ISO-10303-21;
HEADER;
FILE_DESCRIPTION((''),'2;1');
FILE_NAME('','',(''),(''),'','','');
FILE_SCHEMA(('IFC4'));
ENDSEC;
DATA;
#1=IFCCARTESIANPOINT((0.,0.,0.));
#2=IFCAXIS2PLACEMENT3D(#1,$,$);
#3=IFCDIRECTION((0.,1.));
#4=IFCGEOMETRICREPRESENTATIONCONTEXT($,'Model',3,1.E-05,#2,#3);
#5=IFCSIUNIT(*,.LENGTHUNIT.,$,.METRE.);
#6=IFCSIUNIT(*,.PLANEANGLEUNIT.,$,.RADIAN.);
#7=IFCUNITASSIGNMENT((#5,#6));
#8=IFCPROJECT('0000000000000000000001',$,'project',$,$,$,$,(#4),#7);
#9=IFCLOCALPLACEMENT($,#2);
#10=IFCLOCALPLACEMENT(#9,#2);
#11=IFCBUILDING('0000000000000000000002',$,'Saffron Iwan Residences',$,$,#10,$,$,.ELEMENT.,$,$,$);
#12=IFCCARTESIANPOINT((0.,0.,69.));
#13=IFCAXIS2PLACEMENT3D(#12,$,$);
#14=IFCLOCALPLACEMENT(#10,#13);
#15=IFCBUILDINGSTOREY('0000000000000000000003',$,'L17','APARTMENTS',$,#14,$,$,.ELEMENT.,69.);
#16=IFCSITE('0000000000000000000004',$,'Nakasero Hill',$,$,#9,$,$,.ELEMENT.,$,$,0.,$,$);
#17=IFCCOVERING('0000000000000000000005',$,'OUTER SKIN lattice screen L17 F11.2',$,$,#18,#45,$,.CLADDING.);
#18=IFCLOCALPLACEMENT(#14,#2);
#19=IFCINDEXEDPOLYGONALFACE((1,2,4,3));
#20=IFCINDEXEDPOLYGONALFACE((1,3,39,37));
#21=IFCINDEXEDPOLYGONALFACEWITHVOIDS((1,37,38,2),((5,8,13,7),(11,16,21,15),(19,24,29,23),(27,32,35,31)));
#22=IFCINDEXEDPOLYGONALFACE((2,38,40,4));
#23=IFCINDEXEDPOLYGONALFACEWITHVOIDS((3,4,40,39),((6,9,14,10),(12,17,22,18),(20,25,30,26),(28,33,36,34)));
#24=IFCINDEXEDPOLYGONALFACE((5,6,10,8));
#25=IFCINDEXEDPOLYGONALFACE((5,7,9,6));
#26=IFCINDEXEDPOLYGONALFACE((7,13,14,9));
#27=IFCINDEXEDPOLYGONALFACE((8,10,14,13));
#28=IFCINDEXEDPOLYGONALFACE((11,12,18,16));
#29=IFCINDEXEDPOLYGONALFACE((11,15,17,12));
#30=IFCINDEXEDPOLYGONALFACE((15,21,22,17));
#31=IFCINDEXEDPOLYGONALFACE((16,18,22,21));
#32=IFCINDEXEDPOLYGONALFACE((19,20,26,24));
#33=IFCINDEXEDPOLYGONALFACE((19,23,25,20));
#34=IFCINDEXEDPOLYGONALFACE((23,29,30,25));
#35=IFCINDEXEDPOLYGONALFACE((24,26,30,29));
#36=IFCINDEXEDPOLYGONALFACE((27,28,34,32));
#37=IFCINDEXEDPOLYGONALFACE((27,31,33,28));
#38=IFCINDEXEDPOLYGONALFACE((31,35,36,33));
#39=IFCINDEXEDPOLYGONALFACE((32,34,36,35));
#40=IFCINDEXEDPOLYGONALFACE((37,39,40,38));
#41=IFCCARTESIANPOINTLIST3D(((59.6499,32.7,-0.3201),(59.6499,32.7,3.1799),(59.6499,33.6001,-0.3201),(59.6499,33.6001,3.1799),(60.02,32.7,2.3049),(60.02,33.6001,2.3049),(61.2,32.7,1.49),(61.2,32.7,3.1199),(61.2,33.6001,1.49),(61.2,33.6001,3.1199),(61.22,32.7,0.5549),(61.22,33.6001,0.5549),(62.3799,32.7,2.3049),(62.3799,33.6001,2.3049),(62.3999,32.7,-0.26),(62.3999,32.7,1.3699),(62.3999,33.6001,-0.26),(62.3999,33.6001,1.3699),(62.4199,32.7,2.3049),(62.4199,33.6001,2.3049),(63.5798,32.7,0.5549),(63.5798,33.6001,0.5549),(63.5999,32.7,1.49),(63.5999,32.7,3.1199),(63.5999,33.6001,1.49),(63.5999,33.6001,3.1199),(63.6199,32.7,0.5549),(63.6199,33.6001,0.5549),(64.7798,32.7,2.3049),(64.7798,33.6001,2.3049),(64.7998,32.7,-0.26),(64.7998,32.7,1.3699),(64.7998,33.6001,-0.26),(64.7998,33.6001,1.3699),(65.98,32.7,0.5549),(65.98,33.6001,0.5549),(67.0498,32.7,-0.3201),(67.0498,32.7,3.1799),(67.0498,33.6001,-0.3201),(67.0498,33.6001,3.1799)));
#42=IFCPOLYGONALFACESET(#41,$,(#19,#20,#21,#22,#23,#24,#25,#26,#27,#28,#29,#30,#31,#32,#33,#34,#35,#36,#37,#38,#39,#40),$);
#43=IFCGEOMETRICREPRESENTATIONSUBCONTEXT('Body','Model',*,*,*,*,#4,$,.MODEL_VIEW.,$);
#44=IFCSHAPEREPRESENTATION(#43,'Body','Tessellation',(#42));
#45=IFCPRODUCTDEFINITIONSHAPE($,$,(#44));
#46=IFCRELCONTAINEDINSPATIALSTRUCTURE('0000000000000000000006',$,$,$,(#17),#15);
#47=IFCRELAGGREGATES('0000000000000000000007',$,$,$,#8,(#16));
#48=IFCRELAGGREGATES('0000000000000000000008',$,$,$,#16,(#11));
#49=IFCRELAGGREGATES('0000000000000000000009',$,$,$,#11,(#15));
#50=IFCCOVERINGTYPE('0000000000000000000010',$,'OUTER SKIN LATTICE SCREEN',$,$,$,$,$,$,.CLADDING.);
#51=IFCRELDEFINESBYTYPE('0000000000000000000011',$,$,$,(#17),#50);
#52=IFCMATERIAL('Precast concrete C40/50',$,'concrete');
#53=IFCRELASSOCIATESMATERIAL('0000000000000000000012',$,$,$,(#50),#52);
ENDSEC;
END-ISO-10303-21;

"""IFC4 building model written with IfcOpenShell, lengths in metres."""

from ifc_helpers import new_model, si_unit, direction, frame, origin, place, context, subcontext, project, spatial, polyline, outline, extrude, material, type_object, element, save


model = new_model("IFC4")

# Units and contexts
model_context = context("Model", 3, precision=1e-05, world=origin(), true_north=direction((0.0, 1.0)))
body_context = subcontext(model_context, "Body", "Model", "MODEL_VIEW")
ifc_project = project(units=[si_unit("LENGTHUNIT", "METRE"), si_unit("PLANEANGLEUNIT", "RADIAN")], contexts=[model_context])

# Site, building, storey
site_placement = place(None, origin())
site = spatial("IfcSite", under=ifc_project, at=site_placement, Name="Nakasero Hill", CompositionType="ELEMENT", RefElevation=0.0)
building_placement = place(site_placement, origin())
building = spatial("IfcBuilding", under=site, at=building_placement, Name="Saffron Iwan Residences", CompositionType="ELEMENT")
storey_placement = place(building_placement, frame((0.0, 0.0, 69.0)))
storey = spatial("IfcBuildingStorey", under=building, at=storey_placement, Name="L17", Description="APARTMENTS", CompositionType="ELEMENT", Elevation=69.0)

# Covering
ifc_material_1 = material(Name="Precast concrete C40/50", Category="concrete")
covering_type = type_object("IfcCoveringType", Name="OUTER SKIN LATTICE SCREEN", PredefinedType="CLADDING", material=ifc_material_1)
covering_placement = place(storey_placement, frame((59.6499, 33.6001, -0.3201), z_axis=(0.0, -1.0, 0.0), x_axis=(1.0, 0.0, 0.0)))
element("IfcCovering", 1, at=covering_placement, inside=storey, type_object=covering_type, Name="OUTER SKIN lattice screen L17 F11.2", PredefinedType="CLADDING", context=body_context, shape_type="SweptSolid", body=[
    extrude(outline(polyline([(0.0, 0.0), (7.3999, 0.0), (7.3999, 3.5), (0.0, 3.5), (0.0, 0.0)]), holes=[polyline([(1.5701, 0.875), (2.75, 0.0601), (3.9299, 0.875), (2.75, 1.6899), (1.5701, 0.875)]), polyline([(3.97, 0.875), (5.1499, 0.0601), (6.3301, 0.875), (5.1499, 1.6899), (3.97, 0.875)]), polyline([(0.3701, 2.625), (1.55, 1.8101), (2.73, 2.625), (1.55, 3.4399), (0.3701, 2.625)]), polyline([(2.77, 2.625), (3.95, 1.8101), (5.1299, 2.625), (3.95, 3.4399), (2.77, 2.625)])]), origin(), (0.0, 0.0, 1.0), 0.9001),
])

save(model, "model.ifc")
